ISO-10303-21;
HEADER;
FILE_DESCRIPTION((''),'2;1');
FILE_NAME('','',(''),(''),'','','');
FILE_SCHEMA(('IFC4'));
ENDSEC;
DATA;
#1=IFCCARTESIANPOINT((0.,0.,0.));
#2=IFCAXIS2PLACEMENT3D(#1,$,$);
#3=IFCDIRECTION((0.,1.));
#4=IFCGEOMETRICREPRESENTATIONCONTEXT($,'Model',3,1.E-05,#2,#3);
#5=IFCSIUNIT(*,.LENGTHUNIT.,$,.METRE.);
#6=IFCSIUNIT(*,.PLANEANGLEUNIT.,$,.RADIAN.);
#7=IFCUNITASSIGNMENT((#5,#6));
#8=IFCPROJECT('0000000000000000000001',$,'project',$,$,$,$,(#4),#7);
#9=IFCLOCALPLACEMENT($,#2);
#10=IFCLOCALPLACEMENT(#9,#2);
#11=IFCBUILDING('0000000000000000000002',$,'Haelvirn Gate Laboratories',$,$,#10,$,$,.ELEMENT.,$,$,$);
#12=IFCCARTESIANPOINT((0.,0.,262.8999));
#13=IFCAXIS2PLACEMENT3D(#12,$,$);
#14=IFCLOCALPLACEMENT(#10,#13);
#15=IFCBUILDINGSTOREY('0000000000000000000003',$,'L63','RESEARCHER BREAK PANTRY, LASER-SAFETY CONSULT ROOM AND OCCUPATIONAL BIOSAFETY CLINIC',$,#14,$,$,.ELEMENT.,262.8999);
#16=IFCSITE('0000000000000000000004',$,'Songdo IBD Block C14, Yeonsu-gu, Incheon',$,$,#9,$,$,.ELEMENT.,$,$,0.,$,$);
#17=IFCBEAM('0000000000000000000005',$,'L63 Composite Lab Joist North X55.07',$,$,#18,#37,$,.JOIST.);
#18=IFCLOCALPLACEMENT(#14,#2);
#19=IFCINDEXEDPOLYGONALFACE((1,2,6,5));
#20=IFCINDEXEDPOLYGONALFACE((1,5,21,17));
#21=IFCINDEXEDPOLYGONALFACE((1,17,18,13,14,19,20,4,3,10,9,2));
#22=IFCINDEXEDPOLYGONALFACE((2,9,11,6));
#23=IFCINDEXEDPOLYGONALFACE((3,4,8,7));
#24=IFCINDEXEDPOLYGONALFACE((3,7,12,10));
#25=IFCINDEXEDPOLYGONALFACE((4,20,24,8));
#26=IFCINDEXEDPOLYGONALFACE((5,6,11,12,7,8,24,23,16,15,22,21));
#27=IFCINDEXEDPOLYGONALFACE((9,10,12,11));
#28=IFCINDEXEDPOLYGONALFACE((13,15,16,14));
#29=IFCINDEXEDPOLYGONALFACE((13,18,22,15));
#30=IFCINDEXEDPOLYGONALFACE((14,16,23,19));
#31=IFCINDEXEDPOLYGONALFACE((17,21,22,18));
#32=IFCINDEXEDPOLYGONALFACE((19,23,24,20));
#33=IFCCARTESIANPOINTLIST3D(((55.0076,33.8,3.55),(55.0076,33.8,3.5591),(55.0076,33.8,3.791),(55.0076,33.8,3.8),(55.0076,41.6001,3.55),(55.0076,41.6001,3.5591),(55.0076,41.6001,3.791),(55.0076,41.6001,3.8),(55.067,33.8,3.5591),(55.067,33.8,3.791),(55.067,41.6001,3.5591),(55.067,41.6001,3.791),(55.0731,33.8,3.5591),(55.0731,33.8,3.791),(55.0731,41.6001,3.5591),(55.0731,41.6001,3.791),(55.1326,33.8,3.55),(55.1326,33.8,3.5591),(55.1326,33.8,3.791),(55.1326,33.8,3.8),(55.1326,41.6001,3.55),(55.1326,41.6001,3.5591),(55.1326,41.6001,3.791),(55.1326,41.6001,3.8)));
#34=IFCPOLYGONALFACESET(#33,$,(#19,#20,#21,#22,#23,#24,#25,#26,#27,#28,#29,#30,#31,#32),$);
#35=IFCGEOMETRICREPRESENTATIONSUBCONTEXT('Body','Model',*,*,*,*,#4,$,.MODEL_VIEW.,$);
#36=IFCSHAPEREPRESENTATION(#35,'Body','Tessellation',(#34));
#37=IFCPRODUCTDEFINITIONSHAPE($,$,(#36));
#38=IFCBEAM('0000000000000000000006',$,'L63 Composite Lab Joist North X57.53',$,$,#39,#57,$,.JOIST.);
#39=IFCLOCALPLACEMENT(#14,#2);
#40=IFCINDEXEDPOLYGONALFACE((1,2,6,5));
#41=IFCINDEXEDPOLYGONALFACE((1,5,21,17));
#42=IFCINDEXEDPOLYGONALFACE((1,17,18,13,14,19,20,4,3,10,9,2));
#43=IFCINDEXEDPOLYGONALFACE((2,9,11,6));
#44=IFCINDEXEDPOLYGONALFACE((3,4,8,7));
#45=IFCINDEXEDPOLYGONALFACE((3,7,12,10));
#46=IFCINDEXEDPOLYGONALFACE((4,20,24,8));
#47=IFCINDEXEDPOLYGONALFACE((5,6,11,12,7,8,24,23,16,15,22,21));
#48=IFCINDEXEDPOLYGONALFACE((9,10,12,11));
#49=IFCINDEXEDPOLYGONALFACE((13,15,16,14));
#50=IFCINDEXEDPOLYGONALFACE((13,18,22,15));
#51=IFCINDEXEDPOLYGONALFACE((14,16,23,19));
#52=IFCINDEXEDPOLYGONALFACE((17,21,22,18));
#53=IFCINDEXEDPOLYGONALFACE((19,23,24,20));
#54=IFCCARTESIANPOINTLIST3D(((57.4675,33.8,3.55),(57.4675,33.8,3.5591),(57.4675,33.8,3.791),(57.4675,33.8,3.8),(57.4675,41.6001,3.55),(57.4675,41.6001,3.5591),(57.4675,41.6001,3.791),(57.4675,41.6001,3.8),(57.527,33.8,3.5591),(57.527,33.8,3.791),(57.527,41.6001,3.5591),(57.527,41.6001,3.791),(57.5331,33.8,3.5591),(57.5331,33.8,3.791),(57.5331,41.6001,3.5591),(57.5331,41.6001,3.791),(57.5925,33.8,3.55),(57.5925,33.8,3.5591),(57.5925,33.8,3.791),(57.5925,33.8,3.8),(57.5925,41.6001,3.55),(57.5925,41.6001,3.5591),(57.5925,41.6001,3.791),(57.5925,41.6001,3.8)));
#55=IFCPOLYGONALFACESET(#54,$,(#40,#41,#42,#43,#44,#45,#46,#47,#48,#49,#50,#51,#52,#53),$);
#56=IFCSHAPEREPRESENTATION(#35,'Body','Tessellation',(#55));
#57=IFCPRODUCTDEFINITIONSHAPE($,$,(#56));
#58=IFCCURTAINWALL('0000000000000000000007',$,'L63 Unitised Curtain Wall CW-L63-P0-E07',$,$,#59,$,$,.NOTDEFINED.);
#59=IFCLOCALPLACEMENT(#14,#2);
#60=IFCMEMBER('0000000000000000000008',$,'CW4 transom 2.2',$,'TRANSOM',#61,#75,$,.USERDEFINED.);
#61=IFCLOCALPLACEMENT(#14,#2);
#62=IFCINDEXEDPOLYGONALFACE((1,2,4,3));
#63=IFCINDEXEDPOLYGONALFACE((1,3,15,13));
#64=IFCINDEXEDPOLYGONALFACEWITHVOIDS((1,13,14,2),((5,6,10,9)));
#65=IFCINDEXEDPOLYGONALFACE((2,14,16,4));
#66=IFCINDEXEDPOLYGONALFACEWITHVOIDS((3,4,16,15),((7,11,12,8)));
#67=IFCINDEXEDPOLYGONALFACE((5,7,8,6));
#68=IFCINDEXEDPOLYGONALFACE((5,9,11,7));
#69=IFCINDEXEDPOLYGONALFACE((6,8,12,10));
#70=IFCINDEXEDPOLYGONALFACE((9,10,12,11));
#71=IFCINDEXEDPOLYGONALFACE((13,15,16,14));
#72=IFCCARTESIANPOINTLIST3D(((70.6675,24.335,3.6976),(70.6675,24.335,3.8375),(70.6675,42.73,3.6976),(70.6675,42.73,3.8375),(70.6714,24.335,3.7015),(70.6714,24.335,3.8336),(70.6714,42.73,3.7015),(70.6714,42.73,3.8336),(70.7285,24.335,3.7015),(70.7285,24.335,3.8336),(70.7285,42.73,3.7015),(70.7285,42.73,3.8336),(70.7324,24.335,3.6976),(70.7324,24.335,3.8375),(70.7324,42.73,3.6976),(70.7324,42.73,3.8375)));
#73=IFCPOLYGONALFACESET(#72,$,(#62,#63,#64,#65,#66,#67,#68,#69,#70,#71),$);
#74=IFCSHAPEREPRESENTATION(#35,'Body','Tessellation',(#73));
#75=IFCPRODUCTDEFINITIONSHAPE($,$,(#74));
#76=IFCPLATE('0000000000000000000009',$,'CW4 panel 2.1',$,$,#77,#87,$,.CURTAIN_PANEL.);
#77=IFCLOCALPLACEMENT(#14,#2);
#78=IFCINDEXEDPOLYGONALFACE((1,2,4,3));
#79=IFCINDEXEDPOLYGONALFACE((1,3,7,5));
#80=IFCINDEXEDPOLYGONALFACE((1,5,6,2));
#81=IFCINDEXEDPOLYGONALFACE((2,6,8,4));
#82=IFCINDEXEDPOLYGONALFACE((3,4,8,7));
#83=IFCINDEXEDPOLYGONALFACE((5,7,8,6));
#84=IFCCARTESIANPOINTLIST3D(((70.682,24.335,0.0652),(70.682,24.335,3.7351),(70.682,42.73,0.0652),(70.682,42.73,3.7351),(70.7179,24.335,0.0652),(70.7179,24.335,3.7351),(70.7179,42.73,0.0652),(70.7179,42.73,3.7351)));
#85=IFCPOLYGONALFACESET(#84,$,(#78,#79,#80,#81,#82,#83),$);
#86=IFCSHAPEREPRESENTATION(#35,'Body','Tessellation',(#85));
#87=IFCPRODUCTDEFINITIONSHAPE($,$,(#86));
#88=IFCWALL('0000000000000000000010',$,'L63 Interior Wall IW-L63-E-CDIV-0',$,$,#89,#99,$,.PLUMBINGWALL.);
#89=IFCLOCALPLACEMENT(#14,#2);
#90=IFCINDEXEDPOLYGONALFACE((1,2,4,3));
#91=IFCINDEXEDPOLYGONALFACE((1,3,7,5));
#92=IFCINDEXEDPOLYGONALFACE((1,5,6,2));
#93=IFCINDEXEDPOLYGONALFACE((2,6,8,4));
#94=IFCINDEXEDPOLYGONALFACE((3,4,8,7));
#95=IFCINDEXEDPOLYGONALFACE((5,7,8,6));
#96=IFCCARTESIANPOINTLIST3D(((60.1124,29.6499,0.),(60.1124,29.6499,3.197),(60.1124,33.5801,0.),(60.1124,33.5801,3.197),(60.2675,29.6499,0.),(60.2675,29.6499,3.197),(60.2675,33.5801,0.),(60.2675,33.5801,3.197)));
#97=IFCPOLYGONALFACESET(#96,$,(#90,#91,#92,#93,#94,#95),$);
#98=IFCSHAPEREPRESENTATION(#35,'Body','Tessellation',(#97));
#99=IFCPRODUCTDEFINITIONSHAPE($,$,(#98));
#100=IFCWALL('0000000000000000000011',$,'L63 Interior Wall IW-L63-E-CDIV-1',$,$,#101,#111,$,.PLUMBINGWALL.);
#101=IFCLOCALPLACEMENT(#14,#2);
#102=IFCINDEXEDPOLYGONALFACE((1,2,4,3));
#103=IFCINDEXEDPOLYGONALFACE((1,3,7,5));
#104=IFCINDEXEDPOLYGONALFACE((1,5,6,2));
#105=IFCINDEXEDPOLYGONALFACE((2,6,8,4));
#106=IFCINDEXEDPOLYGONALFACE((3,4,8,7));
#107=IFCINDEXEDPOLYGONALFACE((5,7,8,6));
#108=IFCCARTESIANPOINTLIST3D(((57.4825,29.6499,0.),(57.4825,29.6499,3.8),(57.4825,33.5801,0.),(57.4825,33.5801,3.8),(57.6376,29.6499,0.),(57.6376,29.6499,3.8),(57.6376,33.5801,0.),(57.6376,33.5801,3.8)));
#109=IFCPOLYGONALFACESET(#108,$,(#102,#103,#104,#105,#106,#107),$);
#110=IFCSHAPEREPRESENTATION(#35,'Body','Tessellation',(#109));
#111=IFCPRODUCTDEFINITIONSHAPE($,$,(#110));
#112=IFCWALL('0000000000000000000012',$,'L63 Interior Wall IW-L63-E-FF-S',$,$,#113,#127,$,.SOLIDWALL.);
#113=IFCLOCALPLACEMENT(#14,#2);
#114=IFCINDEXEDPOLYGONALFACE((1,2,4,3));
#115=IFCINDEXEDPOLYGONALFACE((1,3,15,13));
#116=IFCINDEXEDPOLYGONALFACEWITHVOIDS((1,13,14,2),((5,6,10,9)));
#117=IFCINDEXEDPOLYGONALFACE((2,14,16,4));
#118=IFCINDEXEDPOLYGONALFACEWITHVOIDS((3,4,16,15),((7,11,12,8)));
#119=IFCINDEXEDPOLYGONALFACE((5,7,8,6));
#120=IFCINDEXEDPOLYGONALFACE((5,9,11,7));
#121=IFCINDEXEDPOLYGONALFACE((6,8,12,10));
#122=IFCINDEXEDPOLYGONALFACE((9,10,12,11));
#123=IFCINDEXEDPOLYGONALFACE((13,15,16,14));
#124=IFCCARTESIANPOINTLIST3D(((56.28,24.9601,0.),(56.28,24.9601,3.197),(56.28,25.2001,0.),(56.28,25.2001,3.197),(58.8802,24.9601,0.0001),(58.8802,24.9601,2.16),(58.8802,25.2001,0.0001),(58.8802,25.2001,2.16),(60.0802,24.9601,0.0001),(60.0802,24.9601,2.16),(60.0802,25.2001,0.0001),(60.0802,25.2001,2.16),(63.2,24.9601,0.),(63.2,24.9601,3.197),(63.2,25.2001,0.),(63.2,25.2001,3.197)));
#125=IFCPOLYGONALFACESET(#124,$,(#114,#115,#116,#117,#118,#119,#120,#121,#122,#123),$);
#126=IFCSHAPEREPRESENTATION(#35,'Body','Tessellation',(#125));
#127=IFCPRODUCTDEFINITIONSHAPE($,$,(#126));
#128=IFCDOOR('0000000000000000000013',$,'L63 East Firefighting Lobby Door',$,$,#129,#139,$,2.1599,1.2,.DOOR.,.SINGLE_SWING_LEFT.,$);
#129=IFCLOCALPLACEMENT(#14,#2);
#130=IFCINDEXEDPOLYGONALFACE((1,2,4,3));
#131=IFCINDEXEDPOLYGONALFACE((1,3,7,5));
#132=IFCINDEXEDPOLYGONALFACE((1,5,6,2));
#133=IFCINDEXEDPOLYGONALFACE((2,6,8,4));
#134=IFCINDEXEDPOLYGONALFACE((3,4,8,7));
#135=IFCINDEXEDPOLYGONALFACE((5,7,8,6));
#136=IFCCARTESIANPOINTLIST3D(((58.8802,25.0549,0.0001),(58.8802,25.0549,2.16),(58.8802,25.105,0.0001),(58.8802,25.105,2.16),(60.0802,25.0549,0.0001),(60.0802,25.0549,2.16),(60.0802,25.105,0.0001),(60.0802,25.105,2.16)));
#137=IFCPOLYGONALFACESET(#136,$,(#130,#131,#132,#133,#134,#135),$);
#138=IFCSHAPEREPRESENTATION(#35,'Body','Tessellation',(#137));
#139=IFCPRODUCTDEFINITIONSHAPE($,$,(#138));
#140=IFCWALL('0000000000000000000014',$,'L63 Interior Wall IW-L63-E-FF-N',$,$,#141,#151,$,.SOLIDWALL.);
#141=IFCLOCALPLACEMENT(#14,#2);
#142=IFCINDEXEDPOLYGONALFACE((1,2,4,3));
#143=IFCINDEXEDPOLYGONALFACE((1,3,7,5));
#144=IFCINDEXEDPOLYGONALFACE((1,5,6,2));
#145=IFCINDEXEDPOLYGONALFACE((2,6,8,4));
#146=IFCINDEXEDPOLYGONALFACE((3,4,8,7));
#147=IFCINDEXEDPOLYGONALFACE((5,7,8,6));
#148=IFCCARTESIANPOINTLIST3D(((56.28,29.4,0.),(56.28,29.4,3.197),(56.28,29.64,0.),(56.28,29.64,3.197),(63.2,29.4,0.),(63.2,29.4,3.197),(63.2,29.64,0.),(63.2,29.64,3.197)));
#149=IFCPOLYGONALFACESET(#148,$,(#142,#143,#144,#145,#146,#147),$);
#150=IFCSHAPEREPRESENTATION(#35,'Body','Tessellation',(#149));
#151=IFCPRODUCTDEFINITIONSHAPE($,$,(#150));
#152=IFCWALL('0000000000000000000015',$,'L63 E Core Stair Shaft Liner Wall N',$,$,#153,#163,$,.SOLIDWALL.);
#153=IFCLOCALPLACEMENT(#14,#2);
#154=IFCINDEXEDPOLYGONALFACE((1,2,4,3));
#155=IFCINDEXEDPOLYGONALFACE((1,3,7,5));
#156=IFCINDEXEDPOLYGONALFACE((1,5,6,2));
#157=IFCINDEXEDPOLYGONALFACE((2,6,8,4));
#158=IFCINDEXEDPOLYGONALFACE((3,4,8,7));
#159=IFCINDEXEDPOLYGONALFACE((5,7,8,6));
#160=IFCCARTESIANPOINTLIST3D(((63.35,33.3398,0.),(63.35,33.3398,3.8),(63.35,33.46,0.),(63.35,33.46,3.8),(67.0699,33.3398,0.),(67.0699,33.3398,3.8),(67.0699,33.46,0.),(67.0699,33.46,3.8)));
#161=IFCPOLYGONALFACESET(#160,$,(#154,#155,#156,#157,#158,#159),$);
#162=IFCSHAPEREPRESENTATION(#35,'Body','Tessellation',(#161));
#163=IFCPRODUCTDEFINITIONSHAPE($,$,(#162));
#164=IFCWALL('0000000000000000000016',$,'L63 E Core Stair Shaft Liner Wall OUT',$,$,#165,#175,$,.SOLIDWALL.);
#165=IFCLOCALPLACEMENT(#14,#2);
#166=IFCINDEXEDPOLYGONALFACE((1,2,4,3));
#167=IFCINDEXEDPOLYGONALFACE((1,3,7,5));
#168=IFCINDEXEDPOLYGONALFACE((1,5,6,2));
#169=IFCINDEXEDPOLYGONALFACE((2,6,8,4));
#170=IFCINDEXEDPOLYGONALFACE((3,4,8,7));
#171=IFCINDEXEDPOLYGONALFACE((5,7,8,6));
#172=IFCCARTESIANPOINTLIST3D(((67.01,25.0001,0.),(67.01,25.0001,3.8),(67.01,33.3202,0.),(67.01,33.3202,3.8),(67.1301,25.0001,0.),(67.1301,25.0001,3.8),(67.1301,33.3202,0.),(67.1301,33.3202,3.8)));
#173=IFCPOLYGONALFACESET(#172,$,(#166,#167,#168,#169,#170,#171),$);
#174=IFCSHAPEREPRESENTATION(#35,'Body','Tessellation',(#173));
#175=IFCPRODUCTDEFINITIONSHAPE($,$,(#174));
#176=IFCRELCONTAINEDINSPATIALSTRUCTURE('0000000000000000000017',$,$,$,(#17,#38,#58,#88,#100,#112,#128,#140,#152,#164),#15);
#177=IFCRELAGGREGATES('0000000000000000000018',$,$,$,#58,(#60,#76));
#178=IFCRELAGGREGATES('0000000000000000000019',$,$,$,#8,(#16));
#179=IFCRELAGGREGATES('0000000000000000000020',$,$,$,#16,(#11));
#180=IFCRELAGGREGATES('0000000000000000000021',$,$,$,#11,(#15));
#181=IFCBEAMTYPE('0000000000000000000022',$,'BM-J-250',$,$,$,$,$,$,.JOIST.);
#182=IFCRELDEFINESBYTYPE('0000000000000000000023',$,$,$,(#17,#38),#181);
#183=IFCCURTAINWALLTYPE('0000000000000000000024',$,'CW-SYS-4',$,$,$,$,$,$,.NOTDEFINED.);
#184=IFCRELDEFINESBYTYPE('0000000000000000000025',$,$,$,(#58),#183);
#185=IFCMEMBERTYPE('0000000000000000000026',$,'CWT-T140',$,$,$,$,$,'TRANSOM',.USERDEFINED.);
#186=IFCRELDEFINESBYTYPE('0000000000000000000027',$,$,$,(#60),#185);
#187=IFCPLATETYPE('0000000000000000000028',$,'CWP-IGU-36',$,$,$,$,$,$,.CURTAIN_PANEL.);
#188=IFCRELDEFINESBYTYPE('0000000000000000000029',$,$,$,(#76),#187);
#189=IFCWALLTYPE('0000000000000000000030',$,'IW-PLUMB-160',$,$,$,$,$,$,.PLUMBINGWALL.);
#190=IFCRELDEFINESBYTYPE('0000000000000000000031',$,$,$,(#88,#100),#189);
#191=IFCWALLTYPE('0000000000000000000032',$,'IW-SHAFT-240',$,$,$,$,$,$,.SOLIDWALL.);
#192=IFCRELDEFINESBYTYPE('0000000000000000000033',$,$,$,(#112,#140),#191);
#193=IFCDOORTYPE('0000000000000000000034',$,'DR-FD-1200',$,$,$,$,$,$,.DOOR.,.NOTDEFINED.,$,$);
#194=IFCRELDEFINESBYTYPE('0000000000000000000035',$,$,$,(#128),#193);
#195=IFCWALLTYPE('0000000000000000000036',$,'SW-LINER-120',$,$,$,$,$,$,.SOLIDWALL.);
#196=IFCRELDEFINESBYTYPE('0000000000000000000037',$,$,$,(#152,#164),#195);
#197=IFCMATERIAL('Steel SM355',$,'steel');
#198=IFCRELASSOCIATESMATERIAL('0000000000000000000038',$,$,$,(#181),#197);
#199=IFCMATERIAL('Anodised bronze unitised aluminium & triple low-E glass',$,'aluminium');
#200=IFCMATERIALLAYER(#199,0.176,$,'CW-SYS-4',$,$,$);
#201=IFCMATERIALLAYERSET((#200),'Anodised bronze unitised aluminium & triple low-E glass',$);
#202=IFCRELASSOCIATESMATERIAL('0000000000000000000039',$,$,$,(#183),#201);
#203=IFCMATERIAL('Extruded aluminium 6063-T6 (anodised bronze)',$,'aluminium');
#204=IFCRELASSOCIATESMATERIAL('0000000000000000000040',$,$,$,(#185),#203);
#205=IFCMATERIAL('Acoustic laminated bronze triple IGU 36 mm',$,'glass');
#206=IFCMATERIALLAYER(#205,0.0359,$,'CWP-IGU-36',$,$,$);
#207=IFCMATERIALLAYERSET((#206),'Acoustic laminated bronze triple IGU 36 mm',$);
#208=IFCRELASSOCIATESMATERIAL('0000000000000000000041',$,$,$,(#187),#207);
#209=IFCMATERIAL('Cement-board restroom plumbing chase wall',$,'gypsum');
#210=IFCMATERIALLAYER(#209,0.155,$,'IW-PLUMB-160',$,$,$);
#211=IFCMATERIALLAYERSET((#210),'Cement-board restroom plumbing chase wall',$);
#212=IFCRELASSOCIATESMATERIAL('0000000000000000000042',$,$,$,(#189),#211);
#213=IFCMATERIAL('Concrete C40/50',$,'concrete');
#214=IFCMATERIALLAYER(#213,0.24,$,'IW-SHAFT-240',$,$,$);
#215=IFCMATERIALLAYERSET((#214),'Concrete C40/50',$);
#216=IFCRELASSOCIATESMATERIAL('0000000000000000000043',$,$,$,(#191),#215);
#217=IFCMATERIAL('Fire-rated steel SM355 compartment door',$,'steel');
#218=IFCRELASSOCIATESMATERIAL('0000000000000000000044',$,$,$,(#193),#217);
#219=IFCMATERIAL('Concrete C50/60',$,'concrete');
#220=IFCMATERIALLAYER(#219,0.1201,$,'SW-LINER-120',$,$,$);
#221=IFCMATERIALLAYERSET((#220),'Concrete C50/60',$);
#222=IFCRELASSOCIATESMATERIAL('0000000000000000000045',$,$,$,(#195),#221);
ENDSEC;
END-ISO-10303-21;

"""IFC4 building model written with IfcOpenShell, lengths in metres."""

from ifc_helpers import new_model, si_unit, direction, frame, frame_2d, origin, origin_2d, place, context, subcontext, project, spatial, rectangle, hollow_rectangle, i_section, extrude, source, transform, mapped, material, layer, layer_set, material_profile, profile_set, type_object, type_shapes, element, fill, aggregate, save


model = new_model("IFC4")

# Units and contexts
model_context = context("Model", 3, precision=1e-05, world=origin(), true_north=direction((0.0, 1.0)))
body_context = subcontext(model_context, "Body", "Model", "MODEL_VIEW")
ifc_project = project(units=[si_unit("LENGTHUNIT", "METRE"), si_unit("PLANEANGLEUNIT", "RADIAN")], contexts=[model_context])

# Site, building, storey
site_placement = place(None, origin())
site = spatial("IfcSite", under=ifc_project, at=site_placement, Name="Songdo IBD Block C14, Yeonsu-gu, Incheon", CompositionType="ELEMENT", RefElevation=0.0)
building_placement = place(site_placement, origin())
building = spatial("IfcBuilding", under=site, at=building_placement, Name="Haelvirn Gate Laboratories", CompositionType="ELEMENT")
storey_placement = place(building_placement, frame((0.0, 0.0, 262.8999)))
storey = spatial("IfcBuildingStorey", under=building, at=storey_placement, Name="L63", Description="RESEARCHER BREAK PANTRY, LASER-SAFETY CONSULT ROOM AND OCCUPATIONAL BIOSAFETY CLINIC", CompositionType="ELEMENT", Elevation=262.8999)

# Beams
ifc_material_1 = material(Name="Steel SM355", Category="steel")
ifc_material_profile_1 = material_profile(ifc_material_1, i_section(OverallWidth=0.125, OverallDepth=0.25, WebThickness=0.0061, FlangeThickness=0.009, at=origin_2d()), Name="H-250x125x6x9")
ifc_profile_set_1 = profile_set([ifc_material_profile_1], Name="Steel SM355")
beam_type = type_object("IfcBeamType", Name="BM-J-250", PredefinedType="JOIST", material=ifc_profile_set_1)
shared_shape_1 = source(origin(), body_context, "Body", "SweptSolid", [
    extrude(i_section(OverallWidth=0.125, OverallDepth=0.25, WebThickness=0.0061, FlangeThickness=0.009, at=origin_2d()), origin(), (0.0, 0.0, 1.0), 7.8),
])
type_shapes(beam_type, [shared_shape_1])
for number, where, z_axis, x_axis, name in (
    (1, (55.0701, 33.8, 3.675), (0.0, 1.0, 0.0), (-1.0, 0.0, 0.0), "L63 Composite Lab Joist North X55.07"),
    (2, (57.53, 33.8, 3.675), (0.0, 1.0, 0.0), (-1.0, 0.0, 0.0), "L63 Composite Lab Joist North X57.53"),
):
    element("IfcBeam", number, at=place(storey_placement, frame(where, z_axis=z_axis, x_axis=x_axis)), inside=storey, type_object=beam_type, Name=name, PredefinedType="JOIST", context=body_context, shape_type="MappedRepresentation", body=[
        mapped(shared_shape_1, transform((0.0, 0.0, 0.0), scale=1.0)),
    ])

# Curtain wall, member, plate
ifc_material_2 = material(Name="Anodised bronze unitised aluminium & triple low-E glass", Category="aluminium")
ifc_layer_1 = layer(ifc_material_2, 0.176, Name="CW-SYS-4")
ifc_layer_set_1 = layer_set([ifc_layer_1], Name="Anodised bronze unitised aluminium & triple low-E glass")
curtain_wall_type = type_object("IfcCurtainWallType", Name="CW-SYS-4", PredefinedType="NOTDEFINED", material=ifc_layer_set_1)
curtain_wall_placement = place(storey_placement, origin())
curtain_wall = element("IfcCurtainWall", 3, at=curtain_wall_placement, inside=storey, type_object=curtain_wall_type, Name="L63 Unitised Curtain Wall CW-L63-P0-E07", PredefinedType="NOTDEFINED")
ifc_material_3 = material(Name="Extruded aluminium 6063-T6 (anodised bronze)", Category="aluminium")
ifc_material_profile_2 = material_profile(ifc_material_3, hollow_rectangle(XDim=0.0649, YDim=0.1399, WallThickness=0.0039, at=origin_2d()), Name="CWT-140x65x4")
ifc_profile_set_2 = profile_set([ifc_material_profile_2], Name="Extruded aluminium 6063-T6 (anodised bronze)")
member_type = type_object("IfcMemberType", Name="CWT-T140", ElementType="TRANSOM", PredefinedType="USERDEFINED", material=ifc_profile_set_2)
shared_shape_2 = source(origin(), body_context, "Body", "SweptSolid", [
    extrude(hollow_rectangle(XDim=0.0649, YDim=0.1399, WallThickness=0.0039, at=origin_2d()), origin(), (0.0, 0.0, 1.0), 18.395),
])
type_shapes(member_type, [shared_shape_2])
member_placement = place(storey_placement, frame((70.7, 24.335, 3.7676), z_axis=(0.0, 1.0, 0.0), x_axis=(-1.0, 0.0, 0.0)))
member = element("IfcMember", 4, at=member_placement, type_object=member_type, Name="CW4 transom 2.2", ObjectType="TRANSOM", PredefinedType="USERDEFINED", context=body_context, shape_type="MappedRepresentation", body=[
    mapped(shared_shape_2, transform((0.0, 0.0, 0.0), scale=1.0)),
])
ifc_material_4 = material(Name="Acoustic laminated bronze triple IGU 36 mm", Category="glass")
ifc_layer_2 = layer(ifc_material_4, 0.0359, Name="CWP-IGU-36")
ifc_layer_set_2 = layer_set([ifc_layer_2], Name="Acoustic laminated bronze triple IGU 36 mm")
plate_type = type_object("IfcPlateType", Name="CWP-IGU-36", PredefinedType="CURTAIN_PANEL", material=ifc_layer_set_2)
shared_shape_3 = source(origin(), body_context, "Body", "SweptSolid", [
    extrude(rectangle(XDim=18.395, YDim=0.0359, at=origin_2d()), origin(), (0.0, 0.0, 1.0), 3.6699),
])
type_shapes(plate_type, [shared_shape_3])
plate_placement = place(storey_placement, frame((70.7, 33.5325, 0.0652), z_axis=(0.0, 0.0, 1.0), x_axis=(0.0, 1.0, 0.0)))
plate = element("IfcPlate", 5, at=plate_placement, type_object=plate_type, Name="CW4 panel 2.1", PredefinedType="CURTAIN_PANEL", context=body_context, shape_type="MappedRepresentation", body=[
    mapped(shared_shape_3, transform((0.0, 0.0, 0.0), scale=1.0)),
])
aggregate(curtain_wall, [member, plate])

# Walls
ifc_material_5 = material(Name="Cement-board restroom plumbing chase wall", Category="gypsum")
ifc_layer_3 = layer(ifc_material_5, 0.155, Name="IW-PLUMB-160")
ifc_layer_set_3 = layer_set([ifc_layer_3], Name="Cement-board restroom plumbing chase wall")
wall_type_1 = type_object("IfcWallType", Name="IW-PLUMB-160", PredefinedType="PLUMBINGWALL", material=ifc_layer_set_3)
wall_1_placement = place(storey_placement, frame((60.1899, 29.6499, 0.0), z_axis=(0.0, 0.0, 1.0), x_axis=(0.0, 1.0, 0.0)))
element("IfcWall", 6, at=wall_1_placement, inside=storey, type_object=wall_type_1, Name="L63 Interior Wall IW-L63-E-CDIV-0", PredefinedType="PLUMBINGWALL", context=body_context, shape_type="SweptSolid", body=[
    extrude(rectangle(XDim=3.9302, YDim=0.155, at=frame_2d((1.9651, 0.0))), origin(), (0.0, 0.0, 1.0), 3.197),
])
wall_2_placement = place(storey_placement, frame((57.5601, 29.6499, 0.0), z_axis=(0.0, 0.0, 1.0), x_axis=(0.0, 1.0, 0.0)))
element("IfcWall", 7, at=wall_2_placement, inside=storey, type_object=wall_type_1, Name="L63 Interior Wall IW-L63-E-CDIV-1", PredefinedType="PLUMBINGWALL", context=body_context, shape_type="SweptSolid", body=[
    extrude(rectangle(XDim=3.9302, YDim=0.155, at=frame_2d((1.9651, 0.0))), origin(), (0.0, 0.0, 1.0), 3.8),
])

# Wall, opening, door
ifc_material_6 = material(Name="Concrete C40/50", Category="concrete")
ifc_layer_4 = layer(ifc_material_6, 0.24, Name="IW-SHAFT-240")
ifc_layer_set_4 = layer_set([ifc_layer_4], Name="Concrete C40/50")
wall_type_2 = type_object("IfcWallType", Name="IW-SHAFT-240", PredefinedType="SOLIDWALL", material=ifc_layer_set_4)
wall_3_placement = place(storey_placement, frame((56.28, 25.0801, 0.0), z_axis=(0.0, 0.0, 1.0), x_axis=(1.0, 0.0, 0.0)))
wall_3 = element("IfcWall", 8, at=wall_3_placement, inside=storey, type_object=wall_type_2, Name="L63 Interior Wall IW-L63-E-FF-S", PredefinedType="SOLIDWALL", context=body_context, shape_type="SweptSolid", body=[
    extrude(rectangle(XDim=6.9199, YDim=0.24, at=frame_2d((3.46, 0.0))), origin(), (0.0, 0.0, 1.0), 3.197),
])
opening_1_placement = place(wall_3_placement, frame((2.6001, 0.0, 0.0)))
opening_1 = element("IfcOpeningElement", 9, at=opening_1_placement, cuts=wall_3, PredefinedType="OPENING", context=body_context, shape_type="SweptSolid", body=[
    extrude(rectangle(XDim=1.2, YDim=2.1599, at=frame_2d((0.6001, 1.0801))), frame((0.0, 0.1299, 0.0), z_axis=(0.0, -1.0, 0.0), x_axis=(1.0, 0.0, 0.0)), (0.0, 0.0, 1.0), 0.26),
])
ifc_material_7 = material(Name="Fire-rated steel SM355 compartment door", Category="steel")
door_type_1 = type_object("IfcDoorType", Name="DR-FD-1200", OperationType="NOTDEFINED", PredefinedType="DOOR", material=ifc_material_7)
shared_shape_4 = source(origin(), body_context, "Body", "SweptSolid", [
    extrude(rectangle(XDim=1.2, YDim=2.1599, at=frame_2d((0.6001, 1.0801))), frame((0.0, 0.0249, 0.0), z_axis=(0.0, -1.0, 0.0), x_axis=(1.0, 0.0, 0.0)), (0.0, 0.0, 1.0), 0.05),
])
type_shapes(door_type_1, [shared_shape_4])
door_1_placement = place(opening_1_placement, origin())
door_1 = element("IfcDoor", 10, at=door_1_placement, inside=storey, type_object=door_type_1, Name="L63 East Firefighting Lobby Door", OperationType="SINGLE_SWING_LEFT", OverallHeight=2.1599, OverallWidth=1.2, PredefinedType="DOOR", context=body_context, shape_type="MappedRepresentation", body=[
    mapped(shared_shape_4, transform((0.0, 0.0, 0.0), scale=1.0)),
])
fill(opening_1, door_1)

# Walls
wall_4_placement = place(storey_placement, frame((56.28, 29.52, 0.0), z_axis=(0.0, 0.0, 1.0), x_axis=(1.0, 0.0, 0.0)))
element("IfcWall", 11, at=wall_4_placement, inside=storey, type_object=wall_type_2, Name="L63 Interior Wall IW-L63-E-FF-N", PredefinedType="SOLIDWALL", context=body_context, shape_type="SweptSolid", body=[
    extrude(rectangle(XDim=6.9199, YDim=0.24, at=frame_2d((3.46, 0.0))), origin(), (0.0, 0.0, 1.0), 3.197),
])
ifc_material_8 = material(Name="Concrete C50/60", Category="concrete")
ifc_layer_5 = layer(ifc_material_8, 0.1201, Name="SW-LINER-120")
ifc_layer_set_5 = layer_set([ifc_layer_5], Name="Concrete C50/60")
wall_type_3 = type_object("IfcWallType", Name="SW-LINER-120", PredefinedType="SOLIDWALL", material=ifc_layer_set_5)
wall_5_placement = place(storey_placement, frame((63.3501, 33.3999, 0.0), z_axis=(0.0, 0.0, 1.0), x_axis=(1.0, 0.0, 0.0)))
element("IfcWall", 12, at=wall_5_placement, inside=storey, type_object=wall_type_3, Name="L63 E Core Stair Shaft Liner Wall N", PredefinedType="SOLIDWALL", context=body_context, shape_type="SweptSolid", body=[
    extrude(rectangle(XDim=3.72, YDim=0.1201, at=frame_2d((1.8599, 0.0))), origin(), (0.0, 0.0, 1.0), 3.8),
])
wall_6_placement = place(storey_placement, frame((67.0701, 25.0, 0.0), z_axis=(0.0, 0.0, 1.0), x_axis=(0.0, 1.0, 0.0)))
element("IfcWall", 13, at=wall_6_placement, inside=storey, type_object=wall_type_3, Name="L63 E Core Stair Shaft Liner Wall OUT", PredefinedType="SOLIDWALL", context=body_context, shape_type="SweptSolid", body=[
    extrude(rectangle(XDim=8.3201, YDim=0.1201, at=frame_2d((4.1602, 0.0))), origin(), (0.0, 0.0, 1.0), 3.8),
])

save(model, "model.ifc")
